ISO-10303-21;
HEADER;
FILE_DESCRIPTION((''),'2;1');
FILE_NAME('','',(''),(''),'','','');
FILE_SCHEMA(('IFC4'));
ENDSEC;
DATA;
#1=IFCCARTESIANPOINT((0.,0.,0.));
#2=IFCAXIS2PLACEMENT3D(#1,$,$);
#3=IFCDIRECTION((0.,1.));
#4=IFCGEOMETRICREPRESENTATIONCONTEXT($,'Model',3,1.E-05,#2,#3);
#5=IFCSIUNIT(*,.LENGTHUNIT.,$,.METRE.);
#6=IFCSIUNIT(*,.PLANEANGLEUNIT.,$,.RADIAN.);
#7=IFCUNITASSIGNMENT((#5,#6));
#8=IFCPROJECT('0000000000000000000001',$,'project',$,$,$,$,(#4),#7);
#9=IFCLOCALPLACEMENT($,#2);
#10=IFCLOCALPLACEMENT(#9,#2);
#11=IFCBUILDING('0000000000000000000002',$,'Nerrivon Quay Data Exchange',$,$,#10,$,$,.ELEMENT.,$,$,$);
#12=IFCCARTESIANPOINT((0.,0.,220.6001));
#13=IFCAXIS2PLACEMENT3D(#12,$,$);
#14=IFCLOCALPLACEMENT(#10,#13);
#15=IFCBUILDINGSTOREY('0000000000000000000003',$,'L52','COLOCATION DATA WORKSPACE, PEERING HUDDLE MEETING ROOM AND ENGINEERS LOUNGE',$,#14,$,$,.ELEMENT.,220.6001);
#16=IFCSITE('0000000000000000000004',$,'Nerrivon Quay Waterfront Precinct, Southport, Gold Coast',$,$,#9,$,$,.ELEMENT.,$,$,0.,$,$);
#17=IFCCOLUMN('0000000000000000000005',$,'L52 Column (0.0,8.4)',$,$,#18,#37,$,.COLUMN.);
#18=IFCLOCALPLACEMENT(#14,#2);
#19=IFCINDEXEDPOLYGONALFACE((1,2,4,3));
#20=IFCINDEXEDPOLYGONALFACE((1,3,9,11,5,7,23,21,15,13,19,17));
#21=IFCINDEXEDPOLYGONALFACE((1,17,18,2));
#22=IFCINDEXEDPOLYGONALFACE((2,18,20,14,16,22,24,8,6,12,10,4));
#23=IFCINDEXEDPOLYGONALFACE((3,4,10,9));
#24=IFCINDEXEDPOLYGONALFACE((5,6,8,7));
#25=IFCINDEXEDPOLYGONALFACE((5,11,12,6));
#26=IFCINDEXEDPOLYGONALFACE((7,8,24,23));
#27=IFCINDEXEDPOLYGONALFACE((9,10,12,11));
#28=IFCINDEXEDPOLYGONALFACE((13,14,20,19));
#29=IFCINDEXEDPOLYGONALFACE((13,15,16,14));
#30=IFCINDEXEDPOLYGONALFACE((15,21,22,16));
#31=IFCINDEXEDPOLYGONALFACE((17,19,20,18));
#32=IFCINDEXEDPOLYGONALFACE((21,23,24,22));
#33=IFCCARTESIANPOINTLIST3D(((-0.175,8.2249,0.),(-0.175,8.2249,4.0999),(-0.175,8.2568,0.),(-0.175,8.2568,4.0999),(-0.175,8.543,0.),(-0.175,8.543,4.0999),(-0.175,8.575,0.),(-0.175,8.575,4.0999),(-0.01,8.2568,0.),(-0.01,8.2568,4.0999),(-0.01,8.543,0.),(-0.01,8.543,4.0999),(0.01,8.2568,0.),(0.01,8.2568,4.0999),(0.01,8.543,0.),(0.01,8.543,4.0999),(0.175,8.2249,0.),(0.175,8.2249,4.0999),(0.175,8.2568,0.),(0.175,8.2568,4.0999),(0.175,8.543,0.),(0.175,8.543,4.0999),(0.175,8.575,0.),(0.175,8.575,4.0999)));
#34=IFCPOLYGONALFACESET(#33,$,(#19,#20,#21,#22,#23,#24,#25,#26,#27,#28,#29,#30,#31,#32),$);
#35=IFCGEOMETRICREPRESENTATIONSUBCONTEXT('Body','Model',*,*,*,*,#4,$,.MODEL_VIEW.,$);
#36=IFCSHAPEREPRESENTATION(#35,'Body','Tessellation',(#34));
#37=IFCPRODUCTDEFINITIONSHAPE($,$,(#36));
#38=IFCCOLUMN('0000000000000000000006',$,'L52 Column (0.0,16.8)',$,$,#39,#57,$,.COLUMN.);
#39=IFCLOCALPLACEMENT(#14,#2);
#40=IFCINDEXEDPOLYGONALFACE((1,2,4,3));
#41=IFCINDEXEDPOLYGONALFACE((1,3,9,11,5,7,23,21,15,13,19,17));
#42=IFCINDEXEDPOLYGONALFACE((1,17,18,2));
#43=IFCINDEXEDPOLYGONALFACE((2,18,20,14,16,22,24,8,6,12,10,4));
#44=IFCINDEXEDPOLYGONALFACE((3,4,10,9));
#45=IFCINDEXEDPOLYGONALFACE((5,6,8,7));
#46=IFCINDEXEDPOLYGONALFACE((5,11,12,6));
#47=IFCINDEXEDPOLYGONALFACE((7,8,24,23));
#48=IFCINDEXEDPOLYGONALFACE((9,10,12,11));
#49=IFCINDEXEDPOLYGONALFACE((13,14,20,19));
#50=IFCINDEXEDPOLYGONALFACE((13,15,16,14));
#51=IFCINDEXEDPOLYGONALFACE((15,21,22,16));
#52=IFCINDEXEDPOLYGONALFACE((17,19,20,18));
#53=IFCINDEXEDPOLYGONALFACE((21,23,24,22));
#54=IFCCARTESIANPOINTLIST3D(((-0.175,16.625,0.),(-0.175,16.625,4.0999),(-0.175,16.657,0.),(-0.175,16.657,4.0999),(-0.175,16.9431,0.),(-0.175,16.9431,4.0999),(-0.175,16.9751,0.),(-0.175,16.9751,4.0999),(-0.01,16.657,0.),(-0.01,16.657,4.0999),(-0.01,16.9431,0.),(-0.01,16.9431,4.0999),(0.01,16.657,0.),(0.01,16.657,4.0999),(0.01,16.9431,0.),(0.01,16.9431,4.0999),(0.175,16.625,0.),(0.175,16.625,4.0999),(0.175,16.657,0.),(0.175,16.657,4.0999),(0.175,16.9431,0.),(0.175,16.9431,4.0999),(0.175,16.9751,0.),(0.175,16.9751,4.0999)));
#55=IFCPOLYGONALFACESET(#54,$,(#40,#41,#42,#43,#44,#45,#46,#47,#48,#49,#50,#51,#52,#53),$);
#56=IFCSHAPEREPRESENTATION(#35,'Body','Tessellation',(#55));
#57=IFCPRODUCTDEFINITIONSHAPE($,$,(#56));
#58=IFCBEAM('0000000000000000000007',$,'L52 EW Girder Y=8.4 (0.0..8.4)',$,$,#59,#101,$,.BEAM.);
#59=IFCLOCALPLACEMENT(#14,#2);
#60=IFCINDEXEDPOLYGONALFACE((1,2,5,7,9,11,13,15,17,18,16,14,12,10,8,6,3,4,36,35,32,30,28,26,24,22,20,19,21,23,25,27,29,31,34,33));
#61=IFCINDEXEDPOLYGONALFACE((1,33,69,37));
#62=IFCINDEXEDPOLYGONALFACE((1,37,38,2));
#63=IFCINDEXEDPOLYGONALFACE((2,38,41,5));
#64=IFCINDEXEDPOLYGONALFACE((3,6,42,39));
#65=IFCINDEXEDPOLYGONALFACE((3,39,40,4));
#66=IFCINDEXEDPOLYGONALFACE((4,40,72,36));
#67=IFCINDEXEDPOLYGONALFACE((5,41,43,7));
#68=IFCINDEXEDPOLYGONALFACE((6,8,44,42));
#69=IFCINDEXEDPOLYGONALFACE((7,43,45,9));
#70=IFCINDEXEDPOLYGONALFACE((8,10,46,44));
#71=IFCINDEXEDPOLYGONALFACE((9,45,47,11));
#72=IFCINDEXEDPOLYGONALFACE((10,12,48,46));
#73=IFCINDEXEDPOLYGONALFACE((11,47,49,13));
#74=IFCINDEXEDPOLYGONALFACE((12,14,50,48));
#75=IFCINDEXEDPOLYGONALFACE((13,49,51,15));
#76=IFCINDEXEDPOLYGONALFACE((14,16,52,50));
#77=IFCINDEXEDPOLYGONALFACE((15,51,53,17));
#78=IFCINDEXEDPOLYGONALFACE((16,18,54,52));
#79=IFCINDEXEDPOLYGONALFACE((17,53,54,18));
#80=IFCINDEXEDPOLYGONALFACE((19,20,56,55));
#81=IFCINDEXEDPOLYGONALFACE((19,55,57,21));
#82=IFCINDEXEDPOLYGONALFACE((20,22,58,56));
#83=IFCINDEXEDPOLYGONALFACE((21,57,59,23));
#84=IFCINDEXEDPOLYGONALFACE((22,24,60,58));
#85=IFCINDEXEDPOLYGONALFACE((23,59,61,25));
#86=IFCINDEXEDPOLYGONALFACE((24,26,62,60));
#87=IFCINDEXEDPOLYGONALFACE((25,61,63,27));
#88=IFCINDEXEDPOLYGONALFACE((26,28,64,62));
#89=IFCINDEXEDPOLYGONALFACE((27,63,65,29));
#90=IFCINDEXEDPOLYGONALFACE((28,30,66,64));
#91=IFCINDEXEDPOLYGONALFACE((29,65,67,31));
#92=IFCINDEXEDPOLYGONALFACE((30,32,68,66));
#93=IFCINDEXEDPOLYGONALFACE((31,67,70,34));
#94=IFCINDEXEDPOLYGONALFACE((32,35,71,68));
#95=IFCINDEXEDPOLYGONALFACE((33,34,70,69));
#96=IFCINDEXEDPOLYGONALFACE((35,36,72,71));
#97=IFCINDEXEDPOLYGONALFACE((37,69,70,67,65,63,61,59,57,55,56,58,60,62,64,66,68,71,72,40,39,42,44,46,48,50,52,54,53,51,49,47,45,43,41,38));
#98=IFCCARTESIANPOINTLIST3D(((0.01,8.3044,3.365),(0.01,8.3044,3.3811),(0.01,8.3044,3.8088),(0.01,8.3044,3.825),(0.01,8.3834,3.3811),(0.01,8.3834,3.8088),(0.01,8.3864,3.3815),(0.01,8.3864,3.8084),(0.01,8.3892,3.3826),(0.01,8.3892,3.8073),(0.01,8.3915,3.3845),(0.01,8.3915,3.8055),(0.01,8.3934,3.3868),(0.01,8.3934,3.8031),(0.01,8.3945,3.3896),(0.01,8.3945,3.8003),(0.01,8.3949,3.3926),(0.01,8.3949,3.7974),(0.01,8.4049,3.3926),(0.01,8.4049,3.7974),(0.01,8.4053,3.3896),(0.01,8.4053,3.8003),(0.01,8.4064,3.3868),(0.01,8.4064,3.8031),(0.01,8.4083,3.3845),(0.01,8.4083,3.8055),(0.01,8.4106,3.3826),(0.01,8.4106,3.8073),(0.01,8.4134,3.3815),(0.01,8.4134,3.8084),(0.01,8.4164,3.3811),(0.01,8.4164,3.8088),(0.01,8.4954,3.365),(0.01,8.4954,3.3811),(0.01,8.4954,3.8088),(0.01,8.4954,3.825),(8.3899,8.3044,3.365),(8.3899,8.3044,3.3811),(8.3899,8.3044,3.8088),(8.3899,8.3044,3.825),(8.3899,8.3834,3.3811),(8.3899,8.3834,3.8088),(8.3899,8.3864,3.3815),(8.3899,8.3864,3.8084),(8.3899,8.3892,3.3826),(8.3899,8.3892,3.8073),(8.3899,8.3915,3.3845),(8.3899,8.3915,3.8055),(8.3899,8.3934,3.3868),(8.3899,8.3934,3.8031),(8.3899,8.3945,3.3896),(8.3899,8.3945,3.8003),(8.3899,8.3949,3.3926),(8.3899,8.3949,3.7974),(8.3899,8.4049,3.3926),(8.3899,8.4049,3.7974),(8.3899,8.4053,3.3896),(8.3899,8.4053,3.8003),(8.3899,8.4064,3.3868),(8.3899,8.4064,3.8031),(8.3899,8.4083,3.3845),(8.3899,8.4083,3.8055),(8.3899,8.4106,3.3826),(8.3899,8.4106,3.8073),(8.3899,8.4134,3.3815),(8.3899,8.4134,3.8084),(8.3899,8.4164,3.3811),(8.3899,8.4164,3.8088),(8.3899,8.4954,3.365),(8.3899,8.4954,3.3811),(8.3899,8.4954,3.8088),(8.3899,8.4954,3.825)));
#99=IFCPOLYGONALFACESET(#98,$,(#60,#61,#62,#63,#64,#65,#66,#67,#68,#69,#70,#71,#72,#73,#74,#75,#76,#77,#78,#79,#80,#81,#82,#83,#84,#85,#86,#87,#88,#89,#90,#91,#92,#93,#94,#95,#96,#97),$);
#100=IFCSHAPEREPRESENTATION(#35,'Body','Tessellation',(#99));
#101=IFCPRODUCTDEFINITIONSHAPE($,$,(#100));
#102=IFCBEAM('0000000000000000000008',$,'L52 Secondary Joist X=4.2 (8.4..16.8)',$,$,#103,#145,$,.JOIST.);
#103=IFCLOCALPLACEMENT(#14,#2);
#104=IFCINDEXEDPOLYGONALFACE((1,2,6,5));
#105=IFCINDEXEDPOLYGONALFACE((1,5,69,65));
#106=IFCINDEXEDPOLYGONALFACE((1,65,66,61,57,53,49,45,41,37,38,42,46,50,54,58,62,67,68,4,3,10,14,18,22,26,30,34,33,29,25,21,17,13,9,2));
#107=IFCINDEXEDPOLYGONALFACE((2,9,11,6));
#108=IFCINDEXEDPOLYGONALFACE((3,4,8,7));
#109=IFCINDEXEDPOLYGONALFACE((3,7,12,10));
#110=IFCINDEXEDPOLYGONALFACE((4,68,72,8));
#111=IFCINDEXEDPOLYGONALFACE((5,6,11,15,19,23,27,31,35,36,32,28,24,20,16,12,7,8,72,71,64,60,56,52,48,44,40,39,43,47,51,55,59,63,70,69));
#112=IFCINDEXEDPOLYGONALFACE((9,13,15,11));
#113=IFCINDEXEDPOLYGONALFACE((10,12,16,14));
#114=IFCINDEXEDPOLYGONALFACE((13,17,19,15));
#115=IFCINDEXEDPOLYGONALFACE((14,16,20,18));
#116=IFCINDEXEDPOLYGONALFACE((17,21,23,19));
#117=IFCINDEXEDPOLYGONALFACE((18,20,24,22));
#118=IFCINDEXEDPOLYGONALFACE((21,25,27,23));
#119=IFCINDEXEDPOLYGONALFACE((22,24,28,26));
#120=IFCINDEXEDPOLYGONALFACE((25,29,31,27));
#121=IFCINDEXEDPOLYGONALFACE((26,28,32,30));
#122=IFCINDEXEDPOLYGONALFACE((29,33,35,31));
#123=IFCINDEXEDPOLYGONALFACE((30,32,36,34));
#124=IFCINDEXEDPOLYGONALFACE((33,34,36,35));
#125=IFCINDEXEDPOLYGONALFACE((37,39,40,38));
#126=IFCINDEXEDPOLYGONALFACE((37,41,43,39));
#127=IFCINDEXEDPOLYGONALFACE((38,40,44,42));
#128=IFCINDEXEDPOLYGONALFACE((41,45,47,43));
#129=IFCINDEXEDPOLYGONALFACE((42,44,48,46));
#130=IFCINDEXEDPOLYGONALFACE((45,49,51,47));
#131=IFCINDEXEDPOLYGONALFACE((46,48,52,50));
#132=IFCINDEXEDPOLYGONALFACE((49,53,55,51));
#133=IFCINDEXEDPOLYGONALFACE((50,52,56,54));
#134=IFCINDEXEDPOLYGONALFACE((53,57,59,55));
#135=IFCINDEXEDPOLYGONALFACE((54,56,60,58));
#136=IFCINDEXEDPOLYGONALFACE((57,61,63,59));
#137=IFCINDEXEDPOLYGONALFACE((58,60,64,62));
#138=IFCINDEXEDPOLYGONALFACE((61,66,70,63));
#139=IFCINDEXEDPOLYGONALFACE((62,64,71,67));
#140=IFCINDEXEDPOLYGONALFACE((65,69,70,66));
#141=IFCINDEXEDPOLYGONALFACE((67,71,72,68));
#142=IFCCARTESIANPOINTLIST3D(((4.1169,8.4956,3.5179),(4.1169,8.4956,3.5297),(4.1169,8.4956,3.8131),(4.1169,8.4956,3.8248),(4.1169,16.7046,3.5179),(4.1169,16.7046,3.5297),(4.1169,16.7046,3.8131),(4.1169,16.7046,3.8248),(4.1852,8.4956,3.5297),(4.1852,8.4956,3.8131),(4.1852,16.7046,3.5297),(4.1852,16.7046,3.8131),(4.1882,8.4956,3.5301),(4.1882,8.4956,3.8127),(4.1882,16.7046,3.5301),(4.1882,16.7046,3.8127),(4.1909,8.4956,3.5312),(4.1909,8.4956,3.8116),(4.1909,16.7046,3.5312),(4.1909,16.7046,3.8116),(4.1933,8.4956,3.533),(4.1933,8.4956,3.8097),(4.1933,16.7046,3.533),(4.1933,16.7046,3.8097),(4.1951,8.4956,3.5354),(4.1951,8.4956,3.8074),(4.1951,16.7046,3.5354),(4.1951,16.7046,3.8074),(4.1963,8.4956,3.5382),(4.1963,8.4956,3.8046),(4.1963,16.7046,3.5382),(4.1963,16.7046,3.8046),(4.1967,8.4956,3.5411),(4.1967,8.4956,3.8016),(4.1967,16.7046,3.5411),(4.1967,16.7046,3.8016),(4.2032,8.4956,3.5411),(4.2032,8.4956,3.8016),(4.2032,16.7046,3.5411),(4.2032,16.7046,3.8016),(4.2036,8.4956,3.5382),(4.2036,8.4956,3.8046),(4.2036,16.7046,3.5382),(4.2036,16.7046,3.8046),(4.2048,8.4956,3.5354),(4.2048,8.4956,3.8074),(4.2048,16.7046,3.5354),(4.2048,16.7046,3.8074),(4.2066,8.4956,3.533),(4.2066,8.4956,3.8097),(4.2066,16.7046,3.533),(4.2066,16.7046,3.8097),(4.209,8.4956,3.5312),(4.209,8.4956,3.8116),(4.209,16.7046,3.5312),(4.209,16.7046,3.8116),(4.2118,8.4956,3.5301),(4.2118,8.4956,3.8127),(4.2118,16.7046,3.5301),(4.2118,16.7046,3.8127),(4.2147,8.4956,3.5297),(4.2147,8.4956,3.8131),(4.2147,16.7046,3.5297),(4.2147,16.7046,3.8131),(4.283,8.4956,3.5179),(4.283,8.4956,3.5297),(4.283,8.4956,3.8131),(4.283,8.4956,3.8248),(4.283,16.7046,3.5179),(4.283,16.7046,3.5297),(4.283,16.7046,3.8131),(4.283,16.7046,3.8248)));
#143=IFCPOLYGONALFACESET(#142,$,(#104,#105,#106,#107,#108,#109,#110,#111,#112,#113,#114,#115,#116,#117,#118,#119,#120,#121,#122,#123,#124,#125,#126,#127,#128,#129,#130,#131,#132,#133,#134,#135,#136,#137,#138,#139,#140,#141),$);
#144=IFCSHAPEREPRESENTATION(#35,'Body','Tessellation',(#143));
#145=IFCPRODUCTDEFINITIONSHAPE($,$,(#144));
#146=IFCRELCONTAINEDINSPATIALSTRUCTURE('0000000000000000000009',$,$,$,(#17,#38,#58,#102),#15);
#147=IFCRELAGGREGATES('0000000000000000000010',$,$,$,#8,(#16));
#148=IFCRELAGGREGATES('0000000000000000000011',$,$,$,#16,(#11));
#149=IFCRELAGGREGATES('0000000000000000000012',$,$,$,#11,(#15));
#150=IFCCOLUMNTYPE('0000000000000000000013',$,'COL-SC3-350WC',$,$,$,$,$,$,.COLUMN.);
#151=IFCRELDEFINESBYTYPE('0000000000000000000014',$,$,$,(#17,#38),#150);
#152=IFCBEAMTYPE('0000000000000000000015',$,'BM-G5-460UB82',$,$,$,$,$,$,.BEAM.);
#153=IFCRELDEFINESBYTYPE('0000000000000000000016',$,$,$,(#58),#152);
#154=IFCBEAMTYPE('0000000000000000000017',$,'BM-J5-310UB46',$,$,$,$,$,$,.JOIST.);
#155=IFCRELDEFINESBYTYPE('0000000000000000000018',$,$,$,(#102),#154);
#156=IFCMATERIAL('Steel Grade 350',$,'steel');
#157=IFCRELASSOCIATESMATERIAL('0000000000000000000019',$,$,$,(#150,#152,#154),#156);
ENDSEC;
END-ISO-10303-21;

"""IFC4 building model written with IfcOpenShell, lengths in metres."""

from ifc_helpers import new_model, si_unit, direction, frame, origin, origin_2d, place, context, subcontext, project, spatial, i_section, extrude, material, material_profile, profile_set, type_object, element, save


model = new_model("IFC4")

# Units and contexts
model_context = context("Model", 3, precision=1e-05, world=origin(), true_north=direction((0.0, 1.0)))
body_context = subcontext(model_context, "Body", "Model", "MODEL_VIEW")
ifc_project = project(units=[si_unit("LENGTHUNIT", "METRE"), si_unit("PLANEANGLEUNIT", "RADIAN")], contexts=[model_context])

# Site, building, storey
site_placement = place(None, origin())
site = spatial("IfcSite", under=ifc_project, at=site_placement, Name="Nerrivon Quay Waterfront Precinct, Southport, Gold Coast", CompositionType="ELEMENT", RefElevation=0.0)
building_placement = place(site_placement, origin())
building = spatial("IfcBuilding", under=site, at=building_placement, Name="Nerrivon Quay Data Exchange", CompositionType="ELEMENT")
storey_placement = place(building_placement, frame((0.0, 0.0, 220.6001)))
storey = spatial("IfcBuildingStorey", under=building, at=storey_placement, Name="L52", Description="COLOCATION DATA WORKSPACE, PEERING HUDDLE MEETING ROOM AND ENGINEERS LOUNGE", CompositionType="ELEMENT", Elevation=220.6001)

# Columns
ifc_material_1 = material(Name="Steel Grade 350", Category="steel")
ifc_material_profile_1 = material_profile(ifc_material_1, i_section(OverallWidth=0.3501, OverallDepth=0.3501, WebThickness=0.02, FlangeThickness=0.032, at=origin_2d()), Name="350WC230")
ifc_profile_set_1 = profile_set([ifc_material_profile_1], Name="Steel Grade 350")
column_type = type_object("IfcColumnType", Name="COL-SC3-350WC", PredefinedType="COLUMN", material=ifc_profile_set_1)
for number, where, z_axis, x_axis, name in (
    (1, (0.0, 8.3999, 0.0), (0.0, 0.0, 1.0), (1.0, 0.0, 0.0), "L52 Column (0.0,8.4)"),
    (2, (0.0, 16.8, 0.0), (0.0, 0.0, 1.0), (1.0, 0.0, 0.0), "L52 Column (0.0,16.8)"),
):
    element("IfcColumn", number, at=place(storey_placement, frame(where, z_axis=z_axis, x_axis=x_axis)), inside=storey, type_object=column_type, Name=name, PredefinedType="COLUMN", context=body_context, shape_type="SweptSolid", body=[
        extrude(i_section(OverallWidth=0.3501, OverallDepth=0.3501, WebThickness=0.02, FlangeThickness=0.032, at=origin_2d()), origin(), (0.0, 0.0, 1.0), 4.0999),
    ])

# Beams
ifc_material_profile_2 = material_profile(ifc_material_1, i_section(OverallWidth=0.1909, OverallDepth=0.46, WebThickness=0.01, FlangeThickness=0.0161, FilletRadius=0.0115, at=origin_2d()), Name="460UB82.1")
ifc_profile_set_2 = profile_set([ifc_material_profile_2], Name="Steel Grade 350")
beam_type_1 = type_object("IfcBeamType", Name="BM-G5-460UB82", PredefinedType="BEAM", material=ifc_profile_set_2)
beam_1_placement = place(storey_placement, frame((0.01, 8.3999, 3.595), z_axis=(1.0, 0.0, 0.0), x_axis=(0.0, 1.0, 0.0)))
element("IfcBeam", 3, at=beam_1_placement, inside=storey, type_object=beam_type_1, Name="L52 EW Girder Y=8.4 (0.0..8.4)", PredefinedType="BEAM", context=body_context, shape_type="SweptSolid", body=[
    extrude(i_section(OverallWidth=0.1909, OverallDepth=0.46, WebThickness=0.01, FlangeThickness=0.0161, FilletRadius=0.0115, at=origin_2d()), origin(), (0.0, 0.0, 1.0), 8.3799),
])
ifc_material_profile_3 = material_profile(ifc_material_1, i_section(OverallWidth=0.166, OverallDepth=0.3069, WebThickness=0.0066, FlangeThickness=0.0117, FilletRadius=0.0115, at=origin_2d()), Name="310UB46.2")
ifc_profile_set_3 = profile_set([ifc_material_profile_3], Name="Steel Grade 350")
beam_type_2 = type_object("IfcBeamType", Name="BM-J5-310UB46", PredefinedType="JOIST", material=ifc_profile_set_3)
beam_2_placement = place(storey_placement, frame((4.2, 8.4956, 3.6714), z_axis=(0.0, 1.0, 0.0), x_axis=(-1.0, 0.0, 0.0)))
element("IfcBeam", 4, at=beam_2_placement, inside=storey, type_object=beam_type_2, Name="L52 Secondary Joist X=4.2 (8.4..16.8)", PredefinedType="JOIST", context=body_context, shape_type="SweptSolid", body=[
    extrude(i_section(OverallWidth=0.166, OverallDepth=0.3069, WebThickness=0.0066, FlangeThickness=0.0117, FilletRadius=0.0115, at=origin_2d()), origin(), (0.0, 0.0, 1.0), 8.209),
])

save(model, "model.ifc")
